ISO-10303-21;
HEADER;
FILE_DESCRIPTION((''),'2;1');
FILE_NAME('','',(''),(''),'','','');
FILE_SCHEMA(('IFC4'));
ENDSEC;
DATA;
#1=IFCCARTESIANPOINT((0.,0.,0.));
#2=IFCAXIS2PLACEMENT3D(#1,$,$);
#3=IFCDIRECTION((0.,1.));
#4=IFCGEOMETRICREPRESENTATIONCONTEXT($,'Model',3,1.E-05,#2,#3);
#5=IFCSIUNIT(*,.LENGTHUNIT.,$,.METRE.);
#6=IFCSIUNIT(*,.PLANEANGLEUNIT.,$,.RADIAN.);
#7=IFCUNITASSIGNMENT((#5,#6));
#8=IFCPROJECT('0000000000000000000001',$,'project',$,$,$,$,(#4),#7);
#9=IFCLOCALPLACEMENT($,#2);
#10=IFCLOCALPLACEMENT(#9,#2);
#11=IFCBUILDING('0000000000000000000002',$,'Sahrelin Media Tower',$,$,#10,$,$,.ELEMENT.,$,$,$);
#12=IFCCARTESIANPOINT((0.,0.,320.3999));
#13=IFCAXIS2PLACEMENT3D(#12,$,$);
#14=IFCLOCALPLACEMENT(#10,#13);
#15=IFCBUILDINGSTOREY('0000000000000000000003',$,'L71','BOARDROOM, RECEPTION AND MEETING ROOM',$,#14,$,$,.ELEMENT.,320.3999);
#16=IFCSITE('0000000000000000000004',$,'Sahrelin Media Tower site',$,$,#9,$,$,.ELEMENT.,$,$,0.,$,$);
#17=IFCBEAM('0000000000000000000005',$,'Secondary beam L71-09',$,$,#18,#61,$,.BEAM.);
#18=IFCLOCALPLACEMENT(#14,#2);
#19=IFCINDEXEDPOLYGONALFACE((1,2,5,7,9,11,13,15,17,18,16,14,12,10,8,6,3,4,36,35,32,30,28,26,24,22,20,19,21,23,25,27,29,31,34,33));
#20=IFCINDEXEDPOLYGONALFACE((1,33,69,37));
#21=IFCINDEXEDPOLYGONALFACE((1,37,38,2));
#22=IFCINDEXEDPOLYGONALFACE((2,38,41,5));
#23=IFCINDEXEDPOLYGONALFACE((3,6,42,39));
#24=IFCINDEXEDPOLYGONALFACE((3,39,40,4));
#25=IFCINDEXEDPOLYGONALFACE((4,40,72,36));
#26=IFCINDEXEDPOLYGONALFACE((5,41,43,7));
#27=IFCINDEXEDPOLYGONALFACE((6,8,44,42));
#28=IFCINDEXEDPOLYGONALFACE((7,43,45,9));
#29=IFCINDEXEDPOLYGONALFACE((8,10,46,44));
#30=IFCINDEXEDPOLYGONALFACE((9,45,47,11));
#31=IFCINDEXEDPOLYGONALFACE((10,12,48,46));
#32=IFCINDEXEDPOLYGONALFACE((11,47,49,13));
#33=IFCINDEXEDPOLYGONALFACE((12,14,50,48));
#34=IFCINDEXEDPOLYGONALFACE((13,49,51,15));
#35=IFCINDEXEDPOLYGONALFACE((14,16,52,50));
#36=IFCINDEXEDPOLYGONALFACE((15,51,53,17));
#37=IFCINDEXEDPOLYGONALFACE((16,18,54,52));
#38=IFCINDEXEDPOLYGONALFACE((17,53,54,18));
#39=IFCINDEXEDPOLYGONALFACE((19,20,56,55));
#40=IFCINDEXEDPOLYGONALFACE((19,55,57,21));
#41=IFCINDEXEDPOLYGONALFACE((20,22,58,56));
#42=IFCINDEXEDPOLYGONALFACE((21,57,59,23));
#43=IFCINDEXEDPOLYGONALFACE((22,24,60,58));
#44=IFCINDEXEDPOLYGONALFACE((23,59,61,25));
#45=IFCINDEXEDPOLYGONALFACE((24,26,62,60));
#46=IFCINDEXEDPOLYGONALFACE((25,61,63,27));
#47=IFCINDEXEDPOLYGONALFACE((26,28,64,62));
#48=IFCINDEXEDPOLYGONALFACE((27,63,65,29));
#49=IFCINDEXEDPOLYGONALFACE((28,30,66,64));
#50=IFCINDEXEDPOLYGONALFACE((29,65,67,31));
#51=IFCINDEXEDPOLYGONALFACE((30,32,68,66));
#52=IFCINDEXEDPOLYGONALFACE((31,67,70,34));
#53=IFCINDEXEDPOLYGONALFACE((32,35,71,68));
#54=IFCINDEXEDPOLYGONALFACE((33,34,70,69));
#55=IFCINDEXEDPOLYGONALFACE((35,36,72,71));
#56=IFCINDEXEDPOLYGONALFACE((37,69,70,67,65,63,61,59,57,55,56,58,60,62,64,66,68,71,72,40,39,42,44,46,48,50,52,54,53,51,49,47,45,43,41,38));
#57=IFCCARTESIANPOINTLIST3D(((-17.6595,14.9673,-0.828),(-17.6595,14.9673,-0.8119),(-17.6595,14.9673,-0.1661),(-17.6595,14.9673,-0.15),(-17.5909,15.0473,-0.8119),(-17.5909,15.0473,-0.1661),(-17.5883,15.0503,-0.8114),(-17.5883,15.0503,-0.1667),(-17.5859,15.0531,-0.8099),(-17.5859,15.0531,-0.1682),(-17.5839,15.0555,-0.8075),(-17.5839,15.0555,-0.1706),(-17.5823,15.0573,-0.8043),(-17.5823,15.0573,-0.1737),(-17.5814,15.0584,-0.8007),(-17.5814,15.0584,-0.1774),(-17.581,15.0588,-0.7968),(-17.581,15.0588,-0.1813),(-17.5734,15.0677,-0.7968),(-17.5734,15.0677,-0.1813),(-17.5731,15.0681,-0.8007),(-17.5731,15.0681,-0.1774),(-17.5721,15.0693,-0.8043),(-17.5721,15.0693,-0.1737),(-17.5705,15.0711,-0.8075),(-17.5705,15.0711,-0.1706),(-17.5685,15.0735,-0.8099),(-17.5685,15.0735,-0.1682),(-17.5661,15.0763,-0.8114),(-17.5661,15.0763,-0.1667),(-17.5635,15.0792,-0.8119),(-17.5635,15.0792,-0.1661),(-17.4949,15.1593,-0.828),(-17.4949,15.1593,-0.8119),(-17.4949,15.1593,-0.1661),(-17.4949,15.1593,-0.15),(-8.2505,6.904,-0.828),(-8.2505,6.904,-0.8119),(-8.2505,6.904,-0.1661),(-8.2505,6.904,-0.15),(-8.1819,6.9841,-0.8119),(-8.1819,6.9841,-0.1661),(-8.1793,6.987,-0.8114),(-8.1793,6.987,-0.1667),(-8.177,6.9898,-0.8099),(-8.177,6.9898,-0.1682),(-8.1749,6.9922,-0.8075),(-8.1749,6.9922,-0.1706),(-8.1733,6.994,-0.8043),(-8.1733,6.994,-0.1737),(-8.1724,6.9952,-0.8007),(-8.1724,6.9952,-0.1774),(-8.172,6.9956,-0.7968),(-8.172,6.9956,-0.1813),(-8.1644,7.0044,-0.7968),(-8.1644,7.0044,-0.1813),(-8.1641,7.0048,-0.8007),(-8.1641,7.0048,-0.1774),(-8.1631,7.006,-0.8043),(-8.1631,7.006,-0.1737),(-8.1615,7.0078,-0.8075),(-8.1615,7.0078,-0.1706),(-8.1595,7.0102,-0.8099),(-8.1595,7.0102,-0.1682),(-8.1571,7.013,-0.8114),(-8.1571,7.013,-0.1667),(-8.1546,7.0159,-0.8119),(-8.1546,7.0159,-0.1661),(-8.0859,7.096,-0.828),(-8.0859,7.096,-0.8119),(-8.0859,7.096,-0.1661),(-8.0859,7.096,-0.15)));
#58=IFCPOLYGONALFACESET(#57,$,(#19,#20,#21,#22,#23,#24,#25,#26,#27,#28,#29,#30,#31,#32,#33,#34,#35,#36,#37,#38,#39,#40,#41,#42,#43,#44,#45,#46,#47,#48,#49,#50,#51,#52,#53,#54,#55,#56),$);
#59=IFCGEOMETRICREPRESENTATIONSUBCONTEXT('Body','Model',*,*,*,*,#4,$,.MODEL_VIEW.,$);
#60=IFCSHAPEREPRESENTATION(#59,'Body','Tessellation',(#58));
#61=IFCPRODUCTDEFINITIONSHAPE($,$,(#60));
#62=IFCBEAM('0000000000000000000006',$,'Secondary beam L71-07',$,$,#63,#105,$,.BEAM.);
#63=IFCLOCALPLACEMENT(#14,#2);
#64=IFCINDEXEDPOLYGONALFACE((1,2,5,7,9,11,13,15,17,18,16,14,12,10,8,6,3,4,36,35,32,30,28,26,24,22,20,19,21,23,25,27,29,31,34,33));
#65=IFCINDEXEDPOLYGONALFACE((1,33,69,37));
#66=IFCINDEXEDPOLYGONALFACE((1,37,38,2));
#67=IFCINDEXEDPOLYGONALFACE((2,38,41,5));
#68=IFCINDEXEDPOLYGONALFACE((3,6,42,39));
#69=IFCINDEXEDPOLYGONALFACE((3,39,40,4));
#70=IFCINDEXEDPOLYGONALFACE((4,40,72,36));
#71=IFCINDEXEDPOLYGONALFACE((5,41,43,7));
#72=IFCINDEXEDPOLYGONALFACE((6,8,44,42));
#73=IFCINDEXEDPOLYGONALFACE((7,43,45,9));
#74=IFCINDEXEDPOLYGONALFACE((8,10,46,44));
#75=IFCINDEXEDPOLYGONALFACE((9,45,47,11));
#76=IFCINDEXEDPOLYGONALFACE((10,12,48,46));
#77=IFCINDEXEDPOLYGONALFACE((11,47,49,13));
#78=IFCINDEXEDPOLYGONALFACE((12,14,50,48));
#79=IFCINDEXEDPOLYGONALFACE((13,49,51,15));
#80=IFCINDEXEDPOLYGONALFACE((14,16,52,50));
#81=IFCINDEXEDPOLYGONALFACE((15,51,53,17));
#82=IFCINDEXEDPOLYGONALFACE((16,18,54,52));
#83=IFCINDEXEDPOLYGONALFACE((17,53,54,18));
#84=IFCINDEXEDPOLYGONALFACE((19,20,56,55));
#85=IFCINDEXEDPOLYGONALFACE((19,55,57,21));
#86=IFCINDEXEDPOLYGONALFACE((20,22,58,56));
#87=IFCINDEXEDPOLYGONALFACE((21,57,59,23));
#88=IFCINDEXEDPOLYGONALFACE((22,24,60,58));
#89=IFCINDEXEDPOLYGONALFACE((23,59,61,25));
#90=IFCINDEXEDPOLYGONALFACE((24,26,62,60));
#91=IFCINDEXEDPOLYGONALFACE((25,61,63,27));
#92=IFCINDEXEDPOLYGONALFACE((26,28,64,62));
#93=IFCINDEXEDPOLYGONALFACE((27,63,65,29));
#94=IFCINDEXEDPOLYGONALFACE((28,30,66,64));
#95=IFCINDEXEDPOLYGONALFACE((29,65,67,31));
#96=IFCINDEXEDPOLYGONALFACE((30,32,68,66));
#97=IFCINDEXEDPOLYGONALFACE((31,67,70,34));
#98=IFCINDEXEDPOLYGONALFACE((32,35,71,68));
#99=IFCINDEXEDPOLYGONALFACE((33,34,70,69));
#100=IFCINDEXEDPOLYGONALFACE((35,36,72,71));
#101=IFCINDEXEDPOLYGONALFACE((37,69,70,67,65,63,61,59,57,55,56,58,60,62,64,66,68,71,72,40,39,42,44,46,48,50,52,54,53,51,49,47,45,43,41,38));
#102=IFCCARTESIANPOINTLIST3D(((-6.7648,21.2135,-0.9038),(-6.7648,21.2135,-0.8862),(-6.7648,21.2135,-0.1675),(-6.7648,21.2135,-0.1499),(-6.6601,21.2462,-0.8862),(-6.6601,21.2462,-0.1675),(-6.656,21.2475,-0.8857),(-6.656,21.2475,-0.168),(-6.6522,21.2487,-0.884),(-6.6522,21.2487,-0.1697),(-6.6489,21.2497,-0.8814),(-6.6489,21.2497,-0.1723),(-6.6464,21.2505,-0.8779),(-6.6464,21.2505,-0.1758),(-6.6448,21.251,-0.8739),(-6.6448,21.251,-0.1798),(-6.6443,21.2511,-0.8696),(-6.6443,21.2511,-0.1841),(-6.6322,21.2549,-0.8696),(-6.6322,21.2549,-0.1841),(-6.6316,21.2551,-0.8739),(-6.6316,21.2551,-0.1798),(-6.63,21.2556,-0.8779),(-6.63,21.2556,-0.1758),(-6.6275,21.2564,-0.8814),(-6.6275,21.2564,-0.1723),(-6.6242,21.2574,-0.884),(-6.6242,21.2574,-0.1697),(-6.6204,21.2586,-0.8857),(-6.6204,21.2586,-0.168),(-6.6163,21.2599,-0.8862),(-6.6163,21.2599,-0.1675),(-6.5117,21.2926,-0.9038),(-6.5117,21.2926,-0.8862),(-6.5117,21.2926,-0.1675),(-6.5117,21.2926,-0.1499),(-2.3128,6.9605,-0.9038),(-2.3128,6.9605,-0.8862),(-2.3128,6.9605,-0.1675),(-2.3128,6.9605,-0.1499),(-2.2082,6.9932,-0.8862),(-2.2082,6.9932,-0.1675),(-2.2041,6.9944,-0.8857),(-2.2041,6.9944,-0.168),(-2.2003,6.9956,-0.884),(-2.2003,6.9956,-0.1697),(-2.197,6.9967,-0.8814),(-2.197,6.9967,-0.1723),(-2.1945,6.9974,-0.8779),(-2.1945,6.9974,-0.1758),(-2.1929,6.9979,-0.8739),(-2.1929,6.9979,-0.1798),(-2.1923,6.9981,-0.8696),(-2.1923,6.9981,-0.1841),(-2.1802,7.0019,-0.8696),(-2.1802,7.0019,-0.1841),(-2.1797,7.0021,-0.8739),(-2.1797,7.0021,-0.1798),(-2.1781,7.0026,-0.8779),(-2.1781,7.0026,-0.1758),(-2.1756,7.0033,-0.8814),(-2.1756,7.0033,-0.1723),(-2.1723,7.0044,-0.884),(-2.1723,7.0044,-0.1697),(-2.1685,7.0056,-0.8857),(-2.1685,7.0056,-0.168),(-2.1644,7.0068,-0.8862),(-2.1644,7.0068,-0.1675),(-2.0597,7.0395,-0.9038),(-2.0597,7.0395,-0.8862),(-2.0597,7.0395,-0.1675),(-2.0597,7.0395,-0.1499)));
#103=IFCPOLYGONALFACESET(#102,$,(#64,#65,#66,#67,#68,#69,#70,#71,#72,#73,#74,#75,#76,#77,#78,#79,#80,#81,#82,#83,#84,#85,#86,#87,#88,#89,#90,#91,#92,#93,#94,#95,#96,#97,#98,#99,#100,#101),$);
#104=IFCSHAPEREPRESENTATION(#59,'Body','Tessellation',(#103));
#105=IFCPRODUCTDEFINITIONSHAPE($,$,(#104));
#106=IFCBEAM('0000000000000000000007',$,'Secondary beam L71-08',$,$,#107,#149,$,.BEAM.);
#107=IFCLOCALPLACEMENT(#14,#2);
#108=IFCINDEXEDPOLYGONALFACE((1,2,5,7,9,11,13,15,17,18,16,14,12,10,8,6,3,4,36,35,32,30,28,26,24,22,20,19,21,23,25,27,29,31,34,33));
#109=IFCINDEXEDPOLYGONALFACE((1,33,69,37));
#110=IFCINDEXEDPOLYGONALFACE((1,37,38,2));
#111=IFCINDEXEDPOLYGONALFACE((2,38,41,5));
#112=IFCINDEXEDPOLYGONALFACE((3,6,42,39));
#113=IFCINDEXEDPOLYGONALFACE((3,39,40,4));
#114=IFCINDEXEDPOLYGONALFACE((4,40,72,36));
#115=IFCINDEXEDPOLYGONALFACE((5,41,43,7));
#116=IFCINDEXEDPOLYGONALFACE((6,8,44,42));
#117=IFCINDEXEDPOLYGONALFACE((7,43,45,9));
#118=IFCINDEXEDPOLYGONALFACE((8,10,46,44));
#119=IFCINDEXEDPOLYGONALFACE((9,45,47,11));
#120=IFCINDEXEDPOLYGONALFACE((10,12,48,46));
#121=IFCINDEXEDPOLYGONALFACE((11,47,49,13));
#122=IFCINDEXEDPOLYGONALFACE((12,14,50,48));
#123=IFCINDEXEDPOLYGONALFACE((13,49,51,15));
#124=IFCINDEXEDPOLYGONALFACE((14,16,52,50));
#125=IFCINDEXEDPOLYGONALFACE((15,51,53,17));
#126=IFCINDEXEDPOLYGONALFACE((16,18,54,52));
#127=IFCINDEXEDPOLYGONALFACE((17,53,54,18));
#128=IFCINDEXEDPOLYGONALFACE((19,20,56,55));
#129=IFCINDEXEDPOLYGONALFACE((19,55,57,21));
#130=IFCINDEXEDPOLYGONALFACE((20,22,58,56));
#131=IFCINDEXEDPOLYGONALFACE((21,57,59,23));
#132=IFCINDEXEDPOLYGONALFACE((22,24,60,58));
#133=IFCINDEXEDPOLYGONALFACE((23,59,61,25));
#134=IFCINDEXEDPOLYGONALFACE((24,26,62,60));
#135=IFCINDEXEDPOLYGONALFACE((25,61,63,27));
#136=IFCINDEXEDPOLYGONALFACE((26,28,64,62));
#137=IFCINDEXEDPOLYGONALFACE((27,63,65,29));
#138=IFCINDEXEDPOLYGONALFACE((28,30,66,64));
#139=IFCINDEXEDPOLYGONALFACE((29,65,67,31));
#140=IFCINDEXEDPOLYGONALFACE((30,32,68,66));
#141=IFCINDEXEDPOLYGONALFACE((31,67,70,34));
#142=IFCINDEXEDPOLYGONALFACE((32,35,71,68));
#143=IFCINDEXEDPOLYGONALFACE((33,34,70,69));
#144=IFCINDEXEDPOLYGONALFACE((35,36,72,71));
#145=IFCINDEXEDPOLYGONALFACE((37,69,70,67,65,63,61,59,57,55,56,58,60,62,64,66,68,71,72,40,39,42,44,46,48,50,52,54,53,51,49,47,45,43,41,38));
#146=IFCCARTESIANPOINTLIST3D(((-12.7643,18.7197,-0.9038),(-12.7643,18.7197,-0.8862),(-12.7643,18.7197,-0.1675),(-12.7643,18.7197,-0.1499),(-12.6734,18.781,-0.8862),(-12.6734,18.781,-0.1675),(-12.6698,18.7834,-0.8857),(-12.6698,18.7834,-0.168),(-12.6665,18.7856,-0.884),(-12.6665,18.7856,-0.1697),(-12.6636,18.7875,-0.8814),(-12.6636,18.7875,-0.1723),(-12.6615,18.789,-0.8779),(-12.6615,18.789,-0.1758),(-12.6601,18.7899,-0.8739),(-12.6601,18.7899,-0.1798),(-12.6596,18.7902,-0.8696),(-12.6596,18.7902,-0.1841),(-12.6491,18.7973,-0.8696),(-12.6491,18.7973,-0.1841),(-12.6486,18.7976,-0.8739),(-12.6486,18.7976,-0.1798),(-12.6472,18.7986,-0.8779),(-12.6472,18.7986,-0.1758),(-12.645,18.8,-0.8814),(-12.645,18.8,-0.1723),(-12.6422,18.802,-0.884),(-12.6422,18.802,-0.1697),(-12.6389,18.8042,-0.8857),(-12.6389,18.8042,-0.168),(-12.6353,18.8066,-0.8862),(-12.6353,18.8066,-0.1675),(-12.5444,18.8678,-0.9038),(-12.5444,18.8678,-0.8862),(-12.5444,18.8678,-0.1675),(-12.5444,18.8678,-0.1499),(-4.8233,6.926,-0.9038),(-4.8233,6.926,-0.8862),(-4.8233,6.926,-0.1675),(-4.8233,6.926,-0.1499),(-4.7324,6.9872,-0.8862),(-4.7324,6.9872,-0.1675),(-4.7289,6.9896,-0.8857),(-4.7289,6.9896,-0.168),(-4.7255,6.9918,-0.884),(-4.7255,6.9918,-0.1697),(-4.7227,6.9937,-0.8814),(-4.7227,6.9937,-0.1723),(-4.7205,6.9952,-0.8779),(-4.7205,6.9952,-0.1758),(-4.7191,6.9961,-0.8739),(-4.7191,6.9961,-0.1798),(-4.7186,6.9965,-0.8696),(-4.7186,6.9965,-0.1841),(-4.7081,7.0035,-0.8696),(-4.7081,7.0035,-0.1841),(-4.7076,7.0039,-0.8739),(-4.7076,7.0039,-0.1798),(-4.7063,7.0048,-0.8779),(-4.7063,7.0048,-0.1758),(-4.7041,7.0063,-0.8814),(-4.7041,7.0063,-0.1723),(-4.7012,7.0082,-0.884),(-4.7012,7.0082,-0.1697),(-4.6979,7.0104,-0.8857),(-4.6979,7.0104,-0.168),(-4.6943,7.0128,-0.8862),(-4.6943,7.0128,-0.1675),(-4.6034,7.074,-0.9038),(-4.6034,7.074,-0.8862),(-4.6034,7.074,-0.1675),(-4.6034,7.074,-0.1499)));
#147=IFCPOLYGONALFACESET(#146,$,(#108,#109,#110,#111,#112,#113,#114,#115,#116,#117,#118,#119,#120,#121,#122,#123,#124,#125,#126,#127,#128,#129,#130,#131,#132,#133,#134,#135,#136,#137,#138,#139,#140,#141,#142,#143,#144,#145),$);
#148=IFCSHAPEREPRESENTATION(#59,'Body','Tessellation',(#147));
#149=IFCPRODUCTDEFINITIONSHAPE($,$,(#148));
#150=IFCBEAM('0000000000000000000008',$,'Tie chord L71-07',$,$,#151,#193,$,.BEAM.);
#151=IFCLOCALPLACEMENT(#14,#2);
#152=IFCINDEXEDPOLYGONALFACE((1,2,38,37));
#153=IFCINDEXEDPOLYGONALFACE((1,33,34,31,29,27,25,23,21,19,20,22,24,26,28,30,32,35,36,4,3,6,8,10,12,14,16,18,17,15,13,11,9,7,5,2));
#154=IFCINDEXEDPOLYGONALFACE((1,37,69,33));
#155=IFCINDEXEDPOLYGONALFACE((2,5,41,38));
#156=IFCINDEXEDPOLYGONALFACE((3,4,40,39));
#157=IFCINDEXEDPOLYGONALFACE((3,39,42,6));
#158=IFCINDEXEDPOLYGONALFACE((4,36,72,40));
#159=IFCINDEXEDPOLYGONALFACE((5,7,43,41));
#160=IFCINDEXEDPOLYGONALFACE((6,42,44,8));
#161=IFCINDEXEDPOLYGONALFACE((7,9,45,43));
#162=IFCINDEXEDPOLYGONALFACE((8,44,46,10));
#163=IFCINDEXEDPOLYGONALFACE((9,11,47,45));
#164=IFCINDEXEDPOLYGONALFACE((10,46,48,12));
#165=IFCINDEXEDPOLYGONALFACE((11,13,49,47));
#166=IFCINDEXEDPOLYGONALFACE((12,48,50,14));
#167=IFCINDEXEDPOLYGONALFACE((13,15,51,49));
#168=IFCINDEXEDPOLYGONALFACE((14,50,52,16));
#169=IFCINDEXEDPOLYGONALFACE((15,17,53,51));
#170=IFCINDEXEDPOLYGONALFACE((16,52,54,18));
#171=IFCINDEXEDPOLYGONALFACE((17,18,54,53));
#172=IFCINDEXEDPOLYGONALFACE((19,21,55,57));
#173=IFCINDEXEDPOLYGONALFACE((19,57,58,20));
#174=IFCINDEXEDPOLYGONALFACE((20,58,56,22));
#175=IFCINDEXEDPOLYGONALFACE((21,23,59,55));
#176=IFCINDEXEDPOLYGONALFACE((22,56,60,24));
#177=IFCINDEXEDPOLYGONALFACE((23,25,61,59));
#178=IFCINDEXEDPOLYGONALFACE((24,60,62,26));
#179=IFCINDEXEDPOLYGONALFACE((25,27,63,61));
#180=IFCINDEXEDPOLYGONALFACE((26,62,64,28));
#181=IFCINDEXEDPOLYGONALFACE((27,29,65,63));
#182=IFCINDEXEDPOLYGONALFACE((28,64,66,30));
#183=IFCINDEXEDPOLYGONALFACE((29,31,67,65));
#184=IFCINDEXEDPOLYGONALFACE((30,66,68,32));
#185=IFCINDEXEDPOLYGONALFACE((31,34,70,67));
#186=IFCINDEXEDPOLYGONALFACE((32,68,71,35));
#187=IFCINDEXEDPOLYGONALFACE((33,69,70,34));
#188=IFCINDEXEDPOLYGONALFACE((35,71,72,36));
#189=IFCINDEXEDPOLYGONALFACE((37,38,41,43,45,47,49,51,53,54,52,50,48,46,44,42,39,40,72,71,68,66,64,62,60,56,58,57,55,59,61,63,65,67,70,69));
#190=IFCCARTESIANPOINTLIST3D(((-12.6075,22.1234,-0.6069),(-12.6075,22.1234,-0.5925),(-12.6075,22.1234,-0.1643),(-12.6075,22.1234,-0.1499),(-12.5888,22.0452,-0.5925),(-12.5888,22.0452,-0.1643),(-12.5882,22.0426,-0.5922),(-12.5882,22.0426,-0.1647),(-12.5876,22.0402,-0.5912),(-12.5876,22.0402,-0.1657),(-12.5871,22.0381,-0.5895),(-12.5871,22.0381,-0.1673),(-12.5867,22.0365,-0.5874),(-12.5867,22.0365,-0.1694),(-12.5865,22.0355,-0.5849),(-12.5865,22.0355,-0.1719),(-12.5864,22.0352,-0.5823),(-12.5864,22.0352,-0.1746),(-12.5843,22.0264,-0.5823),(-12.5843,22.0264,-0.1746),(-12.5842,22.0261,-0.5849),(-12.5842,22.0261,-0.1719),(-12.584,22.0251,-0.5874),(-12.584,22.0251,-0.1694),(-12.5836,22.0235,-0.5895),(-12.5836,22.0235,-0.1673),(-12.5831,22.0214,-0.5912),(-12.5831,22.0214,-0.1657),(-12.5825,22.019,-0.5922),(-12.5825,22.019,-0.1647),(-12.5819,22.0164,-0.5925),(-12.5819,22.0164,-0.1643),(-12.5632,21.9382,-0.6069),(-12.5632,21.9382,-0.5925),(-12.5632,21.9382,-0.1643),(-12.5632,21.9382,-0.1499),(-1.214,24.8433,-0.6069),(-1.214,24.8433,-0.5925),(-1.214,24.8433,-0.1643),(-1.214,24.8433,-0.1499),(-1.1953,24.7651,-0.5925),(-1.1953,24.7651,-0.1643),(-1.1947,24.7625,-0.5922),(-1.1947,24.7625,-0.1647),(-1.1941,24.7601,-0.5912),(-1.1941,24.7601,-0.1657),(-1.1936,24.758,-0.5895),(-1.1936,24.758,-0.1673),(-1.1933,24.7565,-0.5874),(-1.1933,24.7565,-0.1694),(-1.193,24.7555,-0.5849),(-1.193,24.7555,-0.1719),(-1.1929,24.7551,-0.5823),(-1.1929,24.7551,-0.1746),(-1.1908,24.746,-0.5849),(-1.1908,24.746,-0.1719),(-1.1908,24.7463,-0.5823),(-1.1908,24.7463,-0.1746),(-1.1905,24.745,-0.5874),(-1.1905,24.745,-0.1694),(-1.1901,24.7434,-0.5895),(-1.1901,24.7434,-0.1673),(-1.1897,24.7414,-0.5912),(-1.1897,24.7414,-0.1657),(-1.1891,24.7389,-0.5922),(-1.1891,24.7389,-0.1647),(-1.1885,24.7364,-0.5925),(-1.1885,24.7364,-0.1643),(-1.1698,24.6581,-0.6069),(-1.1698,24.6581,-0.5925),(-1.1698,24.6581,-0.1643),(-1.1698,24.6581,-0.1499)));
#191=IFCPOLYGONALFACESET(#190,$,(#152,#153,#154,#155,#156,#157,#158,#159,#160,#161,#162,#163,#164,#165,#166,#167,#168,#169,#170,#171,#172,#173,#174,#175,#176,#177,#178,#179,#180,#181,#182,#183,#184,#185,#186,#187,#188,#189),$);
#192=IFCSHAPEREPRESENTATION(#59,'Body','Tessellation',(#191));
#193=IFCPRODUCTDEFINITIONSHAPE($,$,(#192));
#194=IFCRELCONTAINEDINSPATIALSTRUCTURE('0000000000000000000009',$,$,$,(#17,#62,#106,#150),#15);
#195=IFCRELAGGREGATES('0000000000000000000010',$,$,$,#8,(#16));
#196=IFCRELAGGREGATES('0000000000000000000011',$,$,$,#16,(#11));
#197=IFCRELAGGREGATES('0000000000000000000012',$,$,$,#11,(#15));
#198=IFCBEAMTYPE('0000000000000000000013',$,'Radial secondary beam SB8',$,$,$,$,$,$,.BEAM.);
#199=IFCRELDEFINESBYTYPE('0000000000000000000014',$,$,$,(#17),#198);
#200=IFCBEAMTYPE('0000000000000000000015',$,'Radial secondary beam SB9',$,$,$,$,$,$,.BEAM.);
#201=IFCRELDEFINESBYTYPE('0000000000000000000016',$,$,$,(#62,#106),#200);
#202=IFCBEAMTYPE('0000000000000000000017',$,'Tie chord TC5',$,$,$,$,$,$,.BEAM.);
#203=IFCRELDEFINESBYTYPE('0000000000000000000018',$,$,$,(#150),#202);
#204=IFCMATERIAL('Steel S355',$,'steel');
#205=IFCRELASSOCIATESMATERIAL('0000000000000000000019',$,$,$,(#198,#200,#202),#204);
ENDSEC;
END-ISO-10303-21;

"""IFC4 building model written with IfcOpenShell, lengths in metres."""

from ifc_helpers import new_model, si_unit, direction, frame, origin, origin_2d, place, context, subcontext, project, spatial, i_section, extrude, material, material_profile, profile_set, type_object, element, save


model = new_model("IFC4")

# Units and contexts
model_context = context("Model", 3, precision=1e-05, world=origin(), true_north=direction((0.0, 1.0)))
body_context = subcontext(model_context, "Body", "Model", "MODEL_VIEW")
ifc_project = project(units=[si_unit("LENGTHUNIT", "METRE"), si_unit("PLANEANGLEUNIT", "RADIAN")], contexts=[model_context])

# Site, building, storey
site_placement = place(None, origin())
site = spatial("IfcSite", under=ifc_project, at=site_placement, Name="Sahrelin Media Tower site", CompositionType="ELEMENT", RefElevation=0.0)
building_placement = place(site_placement, origin())
building = spatial("IfcBuilding", under=site, at=building_placement, Name="Sahrelin Media Tower", CompositionType="ELEMENT")
storey_placement = place(building_placement, frame((0.0, 0.0, 320.3999)))
storey = spatial("IfcBuildingStorey", under=building, at=storey_placement, Name="L71", Description="BOARDROOM, RECEPTION AND MEETING ROOM", CompositionType="ELEMENT", Elevation=320.3999)

# Shared definitions
ifc_material_1 = material(Name="Steel S355", Category="steel")

# Beams
ifc_material_profile_1 = material_profile(ifc_material_1, i_section(OverallWidth=0.2529, OverallDepth=0.678, WebThickness=0.0117, FlangeThickness=0.0161, FilletRadius=0.0151, at=origin_2d()), Name="UB 686x254x125")
ifc_profile_set_1 = profile_set([ifc_material_profile_1], Name="Steel S355")
beam_type_1 = type_object("IfcBeamType", Name="Radial secondary beam SB8", PredefinedType="BEAM", material=ifc_profile_set_1)
beam_1_placement = place(storey_placement, frame((-8.1682, 7.0, -0.489), z_axis=(-0.759319, 0.650718, 0.0), x_axis=(-0.650718, -0.759319, 0.0)))
element("IfcBeam", 1, at=beam_1_placement, inside=storey, type_object=beam_type_1, Name="Secondary beam L71-09", PredefinedType="BEAM", context=body_context, shape_type="SweptSolid", body=[
    extrude(i_section(OverallWidth=0.2529, OverallDepth=0.678, WebThickness=0.0117, FlangeThickness=0.0161, FilletRadius=0.0151, at=origin_2d()), origin(), (0.0, 0.0, 1.0), 12.3914),
])
ifc_material_profile_2 = material_profile(ifc_material_1, i_section(OverallWidth=0.2651, OverallDepth=0.7539, WebThickness=0.0127, FlangeThickness=0.0176, FilletRadius=0.0166, at=origin_2d()), Name="UB 762x267x147")
ifc_profile_set_2 = profile_set([ifc_material_profile_2], Name="Steel S355")
beam_type_2 = type_object("IfcBeamType", Name="Radial secondary beam SB9", PredefinedType="BEAM", material=ifc_profile_set_2)
beam_2_placement = place(storey_placement, frame((-2.1863, 7.0, -0.5269), z_axis=(-0.298145, 0.954521, 0.0), x_axis=(-0.954521, -0.298145, 0.0)))
element("IfcBeam", 2, at=beam_2_placement, inside=storey, type_object=beam_type_2, Name="Secondary beam L71-07", PredefinedType="BEAM", context=body_context, shape_type="SweptSolid", body=[
    extrude(i_section(OverallWidth=0.2651, OverallDepth=0.7539, WebThickness=0.0127, FlangeThickness=0.0176, FilletRadius=0.0166, at=origin_2d()), origin(), (0.0, 0.0, 1.0), 14.9321),
])
beam_3_placement = place(storey_placement, frame((-4.7134, 7.0, -0.5269), z_axis=(-0.558514, 0.829495, 0.0), x_axis=(-0.829495, -0.558514, 0.0)))
element("IfcBeam", 3, at=beam_3_placement, inside=storey, type_object=beam_type_2, Name="Secondary beam L71-08", PredefinedType="BEAM", context=body_context, shape_type="SweptSolid", body=[
    extrude(i_section(OverallWidth=0.2651, OverallDepth=0.7539, WebThickness=0.0127, FlangeThickness=0.0176, FilletRadius=0.0166, at=origin_2d()), origin(), (0.0, 0.0, 1.0), 14.218),
])
ifc_material_profile_3 = material_profile(ifc_material_1, i_section(OverallWidth=0.1904, OverallDepth=0.457, WebThickness=0.009, FlangeThickness=0.0144, FilletRadius=0.0103, at=origin_2d()), Name="UB 457x191x74")
ifc_profile_set_3 = profile_set([ifc_material_profile_3], Name="Steel S355")
beam_type_3 = type_object("IfcBeamType", Name="Tie chord TC5", PredefinedType="BEAM", material=ifc_profile_set_3)
beam_4_placement = place(storey_placement, frame((-1.1919, 24.7507, -0.3784), z_axis=(-0.972667, -0.232204, 0.0), x_axis=(0.232204, -0.972667, 0.0)))
element("IfcBeam", 4, at=beam_4_placement, inside=storey, type_object=beam_type_3, Name="Tie chord L71-07", PredefinedType="BEAM", context=body_context, shape_type="SweptSolid", body=[
    extrude(i_section(OverallWidth=0.1904, OverallDepth=0.457, WebThickness=0.009, FlangeThickness=0.0144, FilletRadius=0.0103, at=origin_2d()), origin(), (0.0, 0.0, 1.0), 11.7136),
])

save(model, "model.ifc")
